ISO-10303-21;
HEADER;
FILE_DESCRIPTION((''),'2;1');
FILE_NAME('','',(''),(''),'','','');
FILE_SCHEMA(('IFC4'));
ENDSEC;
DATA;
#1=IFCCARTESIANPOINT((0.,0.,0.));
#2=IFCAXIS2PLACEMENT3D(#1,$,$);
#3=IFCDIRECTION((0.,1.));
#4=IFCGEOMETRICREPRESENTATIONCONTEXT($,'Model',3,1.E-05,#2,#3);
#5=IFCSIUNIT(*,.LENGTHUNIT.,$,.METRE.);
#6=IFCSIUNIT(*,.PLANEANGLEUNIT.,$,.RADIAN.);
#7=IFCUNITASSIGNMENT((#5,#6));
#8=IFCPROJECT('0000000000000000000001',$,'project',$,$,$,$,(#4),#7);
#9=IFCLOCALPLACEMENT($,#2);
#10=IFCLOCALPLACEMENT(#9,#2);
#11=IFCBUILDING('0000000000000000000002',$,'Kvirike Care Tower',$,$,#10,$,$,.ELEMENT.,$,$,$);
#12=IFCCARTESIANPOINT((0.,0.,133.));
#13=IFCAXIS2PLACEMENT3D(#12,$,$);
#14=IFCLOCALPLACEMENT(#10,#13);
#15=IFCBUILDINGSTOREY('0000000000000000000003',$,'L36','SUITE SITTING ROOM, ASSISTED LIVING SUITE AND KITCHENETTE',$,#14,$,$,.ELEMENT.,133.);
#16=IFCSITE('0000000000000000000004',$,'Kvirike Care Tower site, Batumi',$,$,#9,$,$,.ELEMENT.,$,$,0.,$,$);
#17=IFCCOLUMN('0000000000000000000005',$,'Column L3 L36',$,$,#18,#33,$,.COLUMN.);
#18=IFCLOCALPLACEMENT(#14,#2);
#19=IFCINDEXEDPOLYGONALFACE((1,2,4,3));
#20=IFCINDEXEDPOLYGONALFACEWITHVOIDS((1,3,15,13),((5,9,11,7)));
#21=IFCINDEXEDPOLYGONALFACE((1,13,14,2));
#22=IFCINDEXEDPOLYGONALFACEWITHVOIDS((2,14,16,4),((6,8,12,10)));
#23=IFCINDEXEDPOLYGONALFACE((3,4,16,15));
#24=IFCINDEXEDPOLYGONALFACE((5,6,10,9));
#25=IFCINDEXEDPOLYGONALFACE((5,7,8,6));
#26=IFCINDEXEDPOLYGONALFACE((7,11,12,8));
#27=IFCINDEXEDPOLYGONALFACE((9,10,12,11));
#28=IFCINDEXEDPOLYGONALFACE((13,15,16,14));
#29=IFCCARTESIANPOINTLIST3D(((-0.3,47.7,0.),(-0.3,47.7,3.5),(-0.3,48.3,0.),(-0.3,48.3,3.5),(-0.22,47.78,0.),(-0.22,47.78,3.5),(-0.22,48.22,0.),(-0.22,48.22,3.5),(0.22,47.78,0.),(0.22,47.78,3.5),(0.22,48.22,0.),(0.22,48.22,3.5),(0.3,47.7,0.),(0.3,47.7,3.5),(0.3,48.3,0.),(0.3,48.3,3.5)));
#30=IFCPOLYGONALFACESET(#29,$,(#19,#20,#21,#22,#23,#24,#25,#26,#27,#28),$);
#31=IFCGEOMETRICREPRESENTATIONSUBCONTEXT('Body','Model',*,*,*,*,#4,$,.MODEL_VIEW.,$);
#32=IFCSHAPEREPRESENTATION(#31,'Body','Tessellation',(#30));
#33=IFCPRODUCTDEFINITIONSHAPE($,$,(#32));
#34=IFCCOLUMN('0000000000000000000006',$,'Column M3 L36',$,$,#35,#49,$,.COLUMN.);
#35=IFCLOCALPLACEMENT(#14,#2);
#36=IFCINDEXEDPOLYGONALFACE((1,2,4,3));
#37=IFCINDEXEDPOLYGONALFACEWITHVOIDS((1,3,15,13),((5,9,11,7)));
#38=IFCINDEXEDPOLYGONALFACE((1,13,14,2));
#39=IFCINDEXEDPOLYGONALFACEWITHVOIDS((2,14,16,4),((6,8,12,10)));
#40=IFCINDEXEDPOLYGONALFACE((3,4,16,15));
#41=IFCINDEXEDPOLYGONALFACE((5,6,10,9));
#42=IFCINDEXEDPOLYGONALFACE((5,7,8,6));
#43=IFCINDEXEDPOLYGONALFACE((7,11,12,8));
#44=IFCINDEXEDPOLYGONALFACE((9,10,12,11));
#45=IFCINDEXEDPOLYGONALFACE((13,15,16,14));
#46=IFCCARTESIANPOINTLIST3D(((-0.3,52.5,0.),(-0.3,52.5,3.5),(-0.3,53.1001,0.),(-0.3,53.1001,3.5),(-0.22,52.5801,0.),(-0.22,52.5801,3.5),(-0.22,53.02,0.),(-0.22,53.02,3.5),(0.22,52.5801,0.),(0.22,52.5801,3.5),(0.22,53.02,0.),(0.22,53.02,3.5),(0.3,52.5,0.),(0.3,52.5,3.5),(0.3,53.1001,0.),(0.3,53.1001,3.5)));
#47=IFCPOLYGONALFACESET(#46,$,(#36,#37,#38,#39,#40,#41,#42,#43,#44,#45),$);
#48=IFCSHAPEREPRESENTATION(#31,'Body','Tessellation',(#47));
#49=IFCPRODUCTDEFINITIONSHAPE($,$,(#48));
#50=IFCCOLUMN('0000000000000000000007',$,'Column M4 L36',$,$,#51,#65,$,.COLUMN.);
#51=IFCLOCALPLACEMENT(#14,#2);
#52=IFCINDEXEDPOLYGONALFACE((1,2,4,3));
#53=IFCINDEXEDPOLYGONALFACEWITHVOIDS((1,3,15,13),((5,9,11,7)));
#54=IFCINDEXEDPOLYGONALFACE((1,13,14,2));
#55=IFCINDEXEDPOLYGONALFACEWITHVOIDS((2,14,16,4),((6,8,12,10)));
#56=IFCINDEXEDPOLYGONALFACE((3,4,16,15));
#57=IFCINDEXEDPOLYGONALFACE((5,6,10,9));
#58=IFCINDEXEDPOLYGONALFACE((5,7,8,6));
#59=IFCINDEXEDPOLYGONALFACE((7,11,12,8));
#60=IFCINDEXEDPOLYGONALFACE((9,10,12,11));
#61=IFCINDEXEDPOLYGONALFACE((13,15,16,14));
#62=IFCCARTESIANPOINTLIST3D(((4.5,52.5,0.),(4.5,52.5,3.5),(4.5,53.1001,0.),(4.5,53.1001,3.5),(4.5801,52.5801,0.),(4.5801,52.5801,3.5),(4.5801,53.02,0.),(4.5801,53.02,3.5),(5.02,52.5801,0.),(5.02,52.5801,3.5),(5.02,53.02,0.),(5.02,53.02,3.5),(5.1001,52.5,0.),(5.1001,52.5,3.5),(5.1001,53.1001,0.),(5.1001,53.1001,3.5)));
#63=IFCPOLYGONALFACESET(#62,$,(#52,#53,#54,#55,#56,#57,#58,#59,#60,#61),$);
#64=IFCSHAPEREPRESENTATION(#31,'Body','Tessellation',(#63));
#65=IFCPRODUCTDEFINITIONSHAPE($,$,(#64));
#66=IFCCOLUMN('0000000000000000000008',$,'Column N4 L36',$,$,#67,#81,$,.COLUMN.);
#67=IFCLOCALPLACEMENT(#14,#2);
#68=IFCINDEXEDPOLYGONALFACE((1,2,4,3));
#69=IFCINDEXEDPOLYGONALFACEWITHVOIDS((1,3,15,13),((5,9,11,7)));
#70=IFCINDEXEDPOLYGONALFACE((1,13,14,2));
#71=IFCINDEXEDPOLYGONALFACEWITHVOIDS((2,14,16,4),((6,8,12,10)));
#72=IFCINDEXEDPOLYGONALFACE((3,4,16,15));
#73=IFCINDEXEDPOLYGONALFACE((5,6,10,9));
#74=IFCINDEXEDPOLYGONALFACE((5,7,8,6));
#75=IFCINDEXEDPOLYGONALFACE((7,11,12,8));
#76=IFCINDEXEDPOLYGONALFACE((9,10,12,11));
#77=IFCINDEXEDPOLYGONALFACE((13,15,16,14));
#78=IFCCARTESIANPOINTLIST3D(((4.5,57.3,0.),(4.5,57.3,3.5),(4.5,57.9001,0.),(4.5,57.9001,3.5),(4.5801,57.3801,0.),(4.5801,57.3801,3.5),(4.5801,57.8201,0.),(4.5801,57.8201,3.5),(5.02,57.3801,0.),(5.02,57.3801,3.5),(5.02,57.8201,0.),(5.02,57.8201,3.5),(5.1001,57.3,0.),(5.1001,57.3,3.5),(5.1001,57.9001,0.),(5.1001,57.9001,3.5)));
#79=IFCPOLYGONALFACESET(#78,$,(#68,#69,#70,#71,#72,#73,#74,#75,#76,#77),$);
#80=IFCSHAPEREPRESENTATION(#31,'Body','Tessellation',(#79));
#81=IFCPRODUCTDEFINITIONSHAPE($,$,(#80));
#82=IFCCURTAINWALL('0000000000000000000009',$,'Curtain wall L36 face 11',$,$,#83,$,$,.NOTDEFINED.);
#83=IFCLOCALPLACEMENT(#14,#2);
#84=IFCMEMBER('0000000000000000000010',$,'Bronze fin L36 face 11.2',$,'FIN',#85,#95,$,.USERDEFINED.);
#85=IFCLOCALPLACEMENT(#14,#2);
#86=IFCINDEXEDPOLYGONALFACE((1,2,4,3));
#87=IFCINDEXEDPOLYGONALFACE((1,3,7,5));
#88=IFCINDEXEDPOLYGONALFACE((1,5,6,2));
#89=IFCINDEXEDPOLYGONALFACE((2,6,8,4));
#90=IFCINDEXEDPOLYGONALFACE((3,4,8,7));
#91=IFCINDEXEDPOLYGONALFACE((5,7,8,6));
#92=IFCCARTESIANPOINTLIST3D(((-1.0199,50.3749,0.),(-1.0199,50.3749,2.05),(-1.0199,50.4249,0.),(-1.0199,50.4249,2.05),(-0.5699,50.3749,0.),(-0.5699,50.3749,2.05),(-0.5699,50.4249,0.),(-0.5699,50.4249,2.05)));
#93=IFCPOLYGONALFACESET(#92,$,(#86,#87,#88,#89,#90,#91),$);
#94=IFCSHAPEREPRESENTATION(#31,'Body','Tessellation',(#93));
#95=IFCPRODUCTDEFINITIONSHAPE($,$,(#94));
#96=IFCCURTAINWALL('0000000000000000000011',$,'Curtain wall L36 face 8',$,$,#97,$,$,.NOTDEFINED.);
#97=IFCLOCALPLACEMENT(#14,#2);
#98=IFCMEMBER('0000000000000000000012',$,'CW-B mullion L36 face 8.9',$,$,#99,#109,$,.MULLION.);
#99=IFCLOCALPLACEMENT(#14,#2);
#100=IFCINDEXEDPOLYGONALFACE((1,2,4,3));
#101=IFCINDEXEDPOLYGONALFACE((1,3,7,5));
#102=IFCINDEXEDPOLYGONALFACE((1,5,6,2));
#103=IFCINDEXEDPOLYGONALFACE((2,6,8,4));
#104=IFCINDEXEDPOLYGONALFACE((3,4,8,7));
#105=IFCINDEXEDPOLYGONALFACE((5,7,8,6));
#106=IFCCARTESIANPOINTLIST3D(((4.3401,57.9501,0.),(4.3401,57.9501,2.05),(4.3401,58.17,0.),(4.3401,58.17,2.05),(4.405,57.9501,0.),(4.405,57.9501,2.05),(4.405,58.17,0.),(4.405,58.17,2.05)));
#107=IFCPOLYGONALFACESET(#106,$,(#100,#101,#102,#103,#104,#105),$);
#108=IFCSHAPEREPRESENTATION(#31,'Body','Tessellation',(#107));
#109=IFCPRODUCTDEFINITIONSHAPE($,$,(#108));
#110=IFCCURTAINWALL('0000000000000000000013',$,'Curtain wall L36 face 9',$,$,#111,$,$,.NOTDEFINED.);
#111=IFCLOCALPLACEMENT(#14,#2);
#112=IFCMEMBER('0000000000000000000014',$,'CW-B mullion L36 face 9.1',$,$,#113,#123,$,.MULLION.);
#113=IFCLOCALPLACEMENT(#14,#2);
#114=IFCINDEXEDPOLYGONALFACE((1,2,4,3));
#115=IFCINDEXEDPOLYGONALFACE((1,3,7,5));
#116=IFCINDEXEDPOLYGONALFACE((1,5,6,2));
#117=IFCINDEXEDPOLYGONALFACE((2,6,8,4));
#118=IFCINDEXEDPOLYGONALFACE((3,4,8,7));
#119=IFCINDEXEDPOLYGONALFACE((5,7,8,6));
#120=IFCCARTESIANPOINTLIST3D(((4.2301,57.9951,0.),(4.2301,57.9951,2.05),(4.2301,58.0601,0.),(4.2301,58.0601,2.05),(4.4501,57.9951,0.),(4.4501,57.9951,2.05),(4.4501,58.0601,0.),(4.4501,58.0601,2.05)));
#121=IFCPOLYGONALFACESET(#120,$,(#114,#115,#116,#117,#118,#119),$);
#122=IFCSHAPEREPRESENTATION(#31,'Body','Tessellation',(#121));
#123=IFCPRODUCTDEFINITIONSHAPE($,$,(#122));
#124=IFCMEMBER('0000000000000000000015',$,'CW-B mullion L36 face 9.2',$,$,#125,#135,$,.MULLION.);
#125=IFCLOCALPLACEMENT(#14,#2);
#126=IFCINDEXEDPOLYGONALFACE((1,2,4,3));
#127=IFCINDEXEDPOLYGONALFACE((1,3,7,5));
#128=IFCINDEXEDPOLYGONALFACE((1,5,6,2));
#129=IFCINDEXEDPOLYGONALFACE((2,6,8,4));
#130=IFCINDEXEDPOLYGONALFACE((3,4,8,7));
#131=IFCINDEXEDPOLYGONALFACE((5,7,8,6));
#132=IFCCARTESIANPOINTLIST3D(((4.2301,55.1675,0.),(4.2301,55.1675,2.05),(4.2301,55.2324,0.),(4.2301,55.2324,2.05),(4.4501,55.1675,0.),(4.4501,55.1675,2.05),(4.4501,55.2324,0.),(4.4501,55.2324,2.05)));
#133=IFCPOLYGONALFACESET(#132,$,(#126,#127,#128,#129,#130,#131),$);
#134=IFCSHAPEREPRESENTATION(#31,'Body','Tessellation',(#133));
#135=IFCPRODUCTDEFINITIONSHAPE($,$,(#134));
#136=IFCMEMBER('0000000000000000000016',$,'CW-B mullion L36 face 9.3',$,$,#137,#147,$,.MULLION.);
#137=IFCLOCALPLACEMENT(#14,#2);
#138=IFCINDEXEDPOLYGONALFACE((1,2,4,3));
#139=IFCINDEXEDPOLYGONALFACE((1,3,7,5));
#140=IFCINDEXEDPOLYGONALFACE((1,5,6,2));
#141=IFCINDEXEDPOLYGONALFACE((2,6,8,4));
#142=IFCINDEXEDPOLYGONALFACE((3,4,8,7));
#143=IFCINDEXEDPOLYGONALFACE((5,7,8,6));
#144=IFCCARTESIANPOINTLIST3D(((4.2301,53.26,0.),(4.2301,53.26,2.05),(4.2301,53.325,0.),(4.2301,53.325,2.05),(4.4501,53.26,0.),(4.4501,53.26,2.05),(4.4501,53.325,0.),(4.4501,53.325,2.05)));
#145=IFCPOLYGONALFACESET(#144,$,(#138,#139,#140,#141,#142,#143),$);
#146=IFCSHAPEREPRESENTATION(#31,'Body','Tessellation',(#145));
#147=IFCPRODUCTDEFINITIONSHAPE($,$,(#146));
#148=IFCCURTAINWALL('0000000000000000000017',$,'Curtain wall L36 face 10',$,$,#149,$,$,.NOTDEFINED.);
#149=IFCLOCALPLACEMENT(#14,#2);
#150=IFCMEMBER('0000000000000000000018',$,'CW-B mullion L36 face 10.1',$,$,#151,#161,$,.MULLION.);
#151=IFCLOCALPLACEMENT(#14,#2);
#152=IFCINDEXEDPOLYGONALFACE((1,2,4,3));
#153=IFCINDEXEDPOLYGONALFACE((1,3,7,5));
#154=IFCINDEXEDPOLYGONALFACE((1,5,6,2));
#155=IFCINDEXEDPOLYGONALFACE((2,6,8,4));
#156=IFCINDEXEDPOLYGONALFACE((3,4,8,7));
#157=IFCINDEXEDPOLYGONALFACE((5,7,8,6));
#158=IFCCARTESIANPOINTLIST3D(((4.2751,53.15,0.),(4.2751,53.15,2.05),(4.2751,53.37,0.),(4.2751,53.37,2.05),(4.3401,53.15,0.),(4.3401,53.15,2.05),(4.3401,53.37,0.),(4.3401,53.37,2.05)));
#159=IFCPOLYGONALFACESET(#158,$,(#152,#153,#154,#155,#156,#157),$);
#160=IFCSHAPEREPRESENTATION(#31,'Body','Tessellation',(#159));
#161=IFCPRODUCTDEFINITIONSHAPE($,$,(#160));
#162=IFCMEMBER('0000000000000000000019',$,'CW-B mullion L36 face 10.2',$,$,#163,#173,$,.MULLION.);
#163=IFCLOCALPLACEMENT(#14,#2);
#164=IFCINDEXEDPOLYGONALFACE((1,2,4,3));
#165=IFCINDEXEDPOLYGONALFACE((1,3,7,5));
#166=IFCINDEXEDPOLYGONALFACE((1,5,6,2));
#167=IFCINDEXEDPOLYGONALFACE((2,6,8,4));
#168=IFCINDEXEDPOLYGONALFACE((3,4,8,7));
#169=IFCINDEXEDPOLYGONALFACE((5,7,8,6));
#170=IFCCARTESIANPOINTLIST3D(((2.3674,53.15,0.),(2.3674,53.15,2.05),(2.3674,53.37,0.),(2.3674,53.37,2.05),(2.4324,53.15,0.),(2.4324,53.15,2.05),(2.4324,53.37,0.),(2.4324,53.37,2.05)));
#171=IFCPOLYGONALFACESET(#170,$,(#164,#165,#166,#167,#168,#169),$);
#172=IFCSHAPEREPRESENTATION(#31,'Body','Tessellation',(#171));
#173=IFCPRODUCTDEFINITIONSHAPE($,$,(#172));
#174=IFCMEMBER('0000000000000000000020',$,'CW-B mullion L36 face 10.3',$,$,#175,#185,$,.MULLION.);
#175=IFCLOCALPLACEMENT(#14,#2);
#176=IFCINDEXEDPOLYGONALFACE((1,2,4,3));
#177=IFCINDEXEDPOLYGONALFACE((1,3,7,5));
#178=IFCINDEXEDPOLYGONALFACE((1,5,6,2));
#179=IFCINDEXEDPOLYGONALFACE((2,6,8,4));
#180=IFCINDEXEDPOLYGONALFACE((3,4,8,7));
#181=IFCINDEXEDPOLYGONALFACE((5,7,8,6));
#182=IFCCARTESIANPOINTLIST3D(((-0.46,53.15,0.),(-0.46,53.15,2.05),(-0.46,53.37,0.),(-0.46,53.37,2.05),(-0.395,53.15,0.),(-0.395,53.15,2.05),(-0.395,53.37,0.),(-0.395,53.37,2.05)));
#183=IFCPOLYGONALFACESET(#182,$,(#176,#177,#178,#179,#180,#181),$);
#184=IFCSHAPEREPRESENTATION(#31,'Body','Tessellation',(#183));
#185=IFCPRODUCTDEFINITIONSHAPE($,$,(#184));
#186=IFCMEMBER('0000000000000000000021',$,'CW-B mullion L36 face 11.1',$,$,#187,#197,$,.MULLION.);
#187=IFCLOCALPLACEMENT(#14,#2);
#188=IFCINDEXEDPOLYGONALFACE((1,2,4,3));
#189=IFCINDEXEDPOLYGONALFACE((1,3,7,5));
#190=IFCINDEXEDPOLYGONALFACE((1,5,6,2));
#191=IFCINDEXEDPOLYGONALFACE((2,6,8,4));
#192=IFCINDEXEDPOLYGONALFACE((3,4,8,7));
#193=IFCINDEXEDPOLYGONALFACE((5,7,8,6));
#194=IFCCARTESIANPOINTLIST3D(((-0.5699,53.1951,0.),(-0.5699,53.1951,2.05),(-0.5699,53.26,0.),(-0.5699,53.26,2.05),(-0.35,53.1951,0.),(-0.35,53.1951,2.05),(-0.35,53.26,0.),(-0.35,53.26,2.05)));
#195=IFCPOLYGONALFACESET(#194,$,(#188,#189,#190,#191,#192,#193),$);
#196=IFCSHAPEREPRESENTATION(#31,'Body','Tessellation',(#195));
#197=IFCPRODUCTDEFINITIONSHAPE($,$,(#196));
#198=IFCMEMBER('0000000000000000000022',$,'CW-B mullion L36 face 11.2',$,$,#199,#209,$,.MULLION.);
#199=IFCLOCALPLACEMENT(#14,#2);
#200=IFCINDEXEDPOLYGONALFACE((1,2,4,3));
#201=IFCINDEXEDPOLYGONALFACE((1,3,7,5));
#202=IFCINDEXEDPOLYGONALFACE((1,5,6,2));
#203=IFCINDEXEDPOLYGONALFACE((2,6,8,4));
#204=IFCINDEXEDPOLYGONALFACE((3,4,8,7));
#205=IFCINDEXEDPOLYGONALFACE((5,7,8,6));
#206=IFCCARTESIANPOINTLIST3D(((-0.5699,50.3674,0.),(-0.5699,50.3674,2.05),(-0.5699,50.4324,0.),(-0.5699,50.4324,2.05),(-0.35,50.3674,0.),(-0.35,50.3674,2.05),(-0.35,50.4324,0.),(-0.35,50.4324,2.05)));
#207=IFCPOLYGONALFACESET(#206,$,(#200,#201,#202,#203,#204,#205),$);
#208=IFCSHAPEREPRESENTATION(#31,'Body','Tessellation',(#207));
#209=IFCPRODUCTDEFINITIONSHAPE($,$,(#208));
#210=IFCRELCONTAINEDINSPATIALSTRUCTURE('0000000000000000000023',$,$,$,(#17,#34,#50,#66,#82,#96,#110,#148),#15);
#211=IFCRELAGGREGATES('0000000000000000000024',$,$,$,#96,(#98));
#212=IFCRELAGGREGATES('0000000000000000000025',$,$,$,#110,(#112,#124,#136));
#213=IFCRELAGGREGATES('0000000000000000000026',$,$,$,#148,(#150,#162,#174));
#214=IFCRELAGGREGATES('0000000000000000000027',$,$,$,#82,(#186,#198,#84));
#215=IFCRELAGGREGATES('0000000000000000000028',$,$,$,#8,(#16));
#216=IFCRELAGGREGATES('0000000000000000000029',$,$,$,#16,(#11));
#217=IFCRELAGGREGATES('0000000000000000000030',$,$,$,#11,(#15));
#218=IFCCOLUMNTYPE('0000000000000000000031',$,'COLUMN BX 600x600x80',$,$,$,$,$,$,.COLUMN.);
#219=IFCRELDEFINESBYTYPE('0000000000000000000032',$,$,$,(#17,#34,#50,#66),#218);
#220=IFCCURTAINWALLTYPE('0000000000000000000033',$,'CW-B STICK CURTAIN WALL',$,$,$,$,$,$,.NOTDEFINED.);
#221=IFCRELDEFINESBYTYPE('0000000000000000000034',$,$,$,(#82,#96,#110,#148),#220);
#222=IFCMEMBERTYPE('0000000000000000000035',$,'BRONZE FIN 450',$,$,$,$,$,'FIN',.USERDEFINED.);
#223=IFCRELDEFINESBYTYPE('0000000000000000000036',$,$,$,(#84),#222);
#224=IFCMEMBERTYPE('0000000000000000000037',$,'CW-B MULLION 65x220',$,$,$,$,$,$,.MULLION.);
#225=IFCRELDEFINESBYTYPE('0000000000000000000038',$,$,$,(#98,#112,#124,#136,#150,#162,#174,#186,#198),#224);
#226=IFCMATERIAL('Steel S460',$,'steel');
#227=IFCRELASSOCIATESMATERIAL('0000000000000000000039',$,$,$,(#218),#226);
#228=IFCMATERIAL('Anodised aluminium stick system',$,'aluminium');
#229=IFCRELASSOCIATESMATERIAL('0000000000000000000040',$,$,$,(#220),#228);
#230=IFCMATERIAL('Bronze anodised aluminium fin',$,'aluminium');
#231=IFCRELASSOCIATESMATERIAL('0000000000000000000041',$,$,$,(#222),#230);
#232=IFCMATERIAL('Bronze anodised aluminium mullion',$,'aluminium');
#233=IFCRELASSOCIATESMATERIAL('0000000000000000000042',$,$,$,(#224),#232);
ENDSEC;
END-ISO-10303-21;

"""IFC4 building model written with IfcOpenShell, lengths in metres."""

from ifc_helpers import new_model, si_unit, direction, frame, origin, origin_2d, place, context, subcontext, project, spatial, rectangle, hollow_rectangle, extrude, material, material_profile, profile_set, type_object, element, aggregate, save


model = new_model("IFC4")

# Units and contexts
model_context = context("Model", 3, precision=1e-05, world=origin(), true_north=direction((0.0, 1.0)))
body_context = subcontext(model_context, "Body", "Model", "MODEL_VIEW")
ifc_project = project(units=[si_unit("LENGTHUNIT", "METRE"), si_unit("PLANEANGLEUNIT", "RADIAN")], contexts=[model_context])

# Site, building, storey
site_placement = place(None, origin())
site = spatial("IfcSite", under=ifc_project, at=site_placement, Name="Kvirike Care Tower site, Batumi", CompositionType="ELEMENT", RefElevation=0.0)
building_placement = place(site_placement, origin())
building = spatial("IfcBuilding", under=site, at=building_placement, Name="Kvirike Care Tower", CompositionType="ELEMENT")
storey_placement = place(building_placement, frame((0.0, 0.0, 133.0)))
storey = spatial("IfcBuildingStorey", under=building, at=storey_placement, Name="L36", Description="SUITE SITTING ROOM, ASSISTED LIVING SUITE AND KITCHENETTE", CompositionType="ELEMENT", Elevation=133.0)

# Columns
ifc_material_1 = material(Name="Steel S460", Category="steel")
ifc_material_profile_1 = material_profile(ifc_material_1, hollow_rectangle(XDim=0.6001, YDim=0.6001, WallThickness=0.0801, at=origin_2d()), Name="BX 600x600x80")
ifc_profile_set_1 = profile_set([ifc_material_profile_1], Name="Steel S460")
column_type = type_object("IfcColumnType", Name="COLUMN BX 600x600x80", PredefinedType="COLUMN", material=ifc_profile_set_1)
for number, where, z_axis, x_axis, name in (
    (1, (0.0, 48.0, 0.0), (0.0, 0.0, 1.0), (1.0, 0.0, 0.0), "Column L3 L36"),
    (2, (0.0, 52.8, 0.0), (0.0, 0.0, 1.0), (0.0, 1.0, 0.0), "Column M3 L36"),
    (3, (4.8, 52.8, 0.0), (0.0, 0.0, 1.0), (0.0, 1.0, 0.0), "Column M4 L36"),
    (4, (4.8, 57.6001, 0.0), (0.0, 0.0, 1.0), (0.0, 1.0, 0.0), "Column N4 L36"),
):
    element("IfcColumn", number, at=place(storey_placement, frame(where, z_axis=z_axis, x_axis=x_axis)), inside=storey, type_object=column_type, Name=name, PredefinedType="COLUMN", context=body_context, shape_type="SweptSolid", body=[
        extrude(hollow_rectangle(XDim=0.6001, YDim=0.6001, WallThickness=0.0801, at=origin_2d()), origin(), (0.0, 0.0, 1.0), 3.5),
    ])

# Curtain walls, members
ifc_material_2 = material(Name="Anodised aluminium stick system", Category="aluminium")
curtain_wall_type = type_object("IfcCurtainWallType", Name="CW-B STICK CURTAIN WALL", PredefinedType="NOTDEFINED", material=ifc_material_2)
curtain_wall_1_placement = place(storey_placement, origin())
curtain_wall_1 = element("IfcCurtainWall", 5, at=curtain_wall_1_placement, inside=storey, type_object=curtain_wall_type, Name="Curtain wall L36 face 11", PredefinedType="NOTDEFINED")
ifc_material_3 = material(Name="Bronze anodised aluminium fin", Category="aluminium")
ifc_material_profile_2 = material_profile(ifc_material_3, rectangle(XDim=0.05, YDim=0.45, at=origin_2d()), Name="BRONZE FIN 450")
ifc_profile_set_2 = profile_set([ifc_material_profile_2], Name="Bronze anodised aluminium fin")
member_type_1 = type_object("IfcMemberType", Name="BRONZE FIN 450", ElementType="FIN", PredefinedType="USERDEFINED", material=ifc_profile_set_2)
member_1_placement = place(storey_placement, frame((-0.7949, 50.3999, 0.0), z_axis=(0.0, 0.0, 1.0), x_axis=(0.0, -1.0, 0.0)))
member_1 = element("IfcMember", 6, at=member_1_placement, type_object=member_type_1, Name="Bronze fin L36 face 11.2", ObjectType="FIN", PredefinedType="USERDEFINED", context=body_context, shape_type="SweptSolid", body=[
    extrude(rectangle(XDim=0.05, YDim=0.45, at=origin_2d()), origin(), (0.0, 0.0, 1.0), 2.05),
])
curtain_wall_2_placement = place(storey_placement, origin())
curtain_wall_2 = element("IfcCurtainWall", 7, at=curtain_wall_2_placement, inside=storey, type_object=curtain_wall_type, Name="Curtain wall L36 face 8", PredefinedType="NOTDEFINED")
ifc_material_4 = material(Name="Bronze anodised aluminium mullion", Category="aluminium")
ifc_material_profile_3 = material_profile(ifc_material_4, rectangle(XDim=0.0649, YDim=0.22, at=origin_2d()), Name="CW-B MULLION 65x220")
ifc_profile_set_3 = profile_set([ifc_material_profile_3], Name="Bronze anodised aluminium mullion")
member_type_2 = type_object("IfcMemberType", Name="CW-B MULLION 65x220", PredefinedType="MULLION", material=ifc_profile_set_3)
member_2_placement = place(storey_placement, frame((4.3726, 58.0601, 0.0), z_axis=(0.0, 0.0, 1.0), x_axis=(-1.0, 0.0, 0.0)))
member_2 = element("IfcMember", 8, at=member_2_placement, type_object=member_type_2, Name="CW-B mullion L36 face 8.9", PredefinedType="MULLION", context=body_context, shape_type="SweptSolid", body=[
    extrude(rectangle(XDim=0.0649, YDim=0.22, at=origin_2d()), origin(), (0.0, 0.0, 1.0), 2.05),
])
aggregate(curtain_wall_2, [member_2])

# Curtain walls, members
curtain_wall_3_placement = place(storey_placement, origin())
curtain_wall_3 = element("IfcCurtainWall", 9, at=curtain_wall_3_placement, inside=storey, type_object=curtain_wall_type, Name="Curtain wall L36 face 9", PredefinedType="NOTDEFINED")
member_3_placement = place(storey_placement, frame((4.3401, 58.0276, 0.0), z_axis=(0.0, 0.0, 1.0), x_axis=(0.0, -1.0, 0.0)))
member_3 = element("IfcMember", 10, at=member_3_placement, type_object=member_type_2, Name="CW-B mullion L36 face 9.1", PredefinedType="MULLION", context=body_context, shape_type="SweptSolid", body=[
    extrude(rectangle(XDim=0.0649, YDim=0.22, at=origin_2d()), origin(), (0.0, 0.0, 1.0), 2.05),
])
member_4_placement = place(storey_placement, frame((4.3401, 55.2, 0.0), z_axis=(0.0, 0.0, 1.0), x_axis=(0.0, -1.0, 0.0)))
member_4 = element("IfcMember", 11, at=member_4_placement, type_object=member_type_2, Name="CW-B mullion L36 face 9.2", PredefinedType="MULLION", context=body_context, shape_type="SweptSolid", body=[
    extrude(rectangle(XDim=0.0649, YDim=0.22, at=origin_2d()), origin(), (0.0, 0.0, 1.0), 2.05),
])
member_5_placement = place(storey_placement, frame((4.3401, 53.2925, 0.0), z_axis=(0.0, 0.0, 1.0), x_axis=(0.0, -1.0, 0.0)))
member_5 = element("IfcMember", 12, at=member_5_placement, type_object=member_type_2, Name="CW-B mullion L36 face 9.3", PredefinedType="MULLION", context=body_context, shape_type="SweptSolid", body=[
    extrude(rectangle(XDim=0.0649, YDim=0.22, at=origin_2d()), origin(), (0.0, 0.0, 1.0), 2.05),
])
curtain_wall_4_placement = place(storey_placement, origin())
curtain_wall_4 = element("IfcCurtainWall", 13, at=curtain_wall_4_placement, inside=storey, type_object=curtain_wall_type, Name="Curtain wall L36 face 10", PredefinedType="NOTDEFINED")
member_6_placement = place(storey_placement, frame((4.3076, 53.26, 0.0), z_axis=(0.0, 0.0, 1.0), x_axis=(-1.0, 0.0, 0.0)))
member_6 = element("IfcMember", 14, at=member_6_placement, type_object=member_type_2, Name="CW-B mullion L36 face 10.1", PredefinedType="MULLION", context=body_context, shape_type="SweptSolid", body=[
    extrude(rectangle(XDim=0.0649, YDim=0.22, at=origin_2d()), origin(), (0.0, 0.0, 1.0), 2.05),
])
member_7_placement = place(storey_placement, frame((2.3999, 53.26, 0.0), z_axis=(0.0, 0.0, 1.0), x_axis=(-1.0, 0.0, 0.0)))
member_7 = element("IfcMember", 15, at=member_7_placement, type_object=member_type_2, Name="CW-B mullion L36 face 10.2", PredefinedType="MULLION", context=body_context, shape_type="SweptSolid", body=[
    extrude(rectangle(XDim=0.0649, YDim=0.22, at=origin_2d()), origin(), (0.0, 0.0, 1.0), 2.05),
])
member_8_placement = place(storey_placement, frame((-0.4275, 53.26, 0.0), z_axis=(0.0, 0.0, 1.0), x_axis=(-1.0, 0.0, 0.0)))
member_8 = element("IfcMember", 16, at=member_8_placement, type_object=member_type_2, Name="CW-B mullion L36 face 10.3", PredefinedType="MULLION", context=body_context, shape_type="SweptSolid", body=[
    extrude(rectangle(XDim=0.0649, YDim=0.22, at=origin_2d()), origin(), (0.0, 0.0, 1.0), 2.05),
])

# Members
member_9_placement = place(storey_placement, frame((-0.46, 53.2275, 0.0), z_axis=(0.0, 0.0, 1.0), x_axis=(0.0, -1.0, 0.0)))
member_9 = element("IfcMember", 17, at=member_9_placement, type_object=member_type_2, Name="CW-B mullion L36 face 11.1", PredefinedType="MULLION", context=body_context, shape_type="SweptSolid", body=[
    extrude(rectangle(XDim=0.0649, YDim=0.22, at=origin_2d()), origin(), (0.0, 0.0, 1.0), 2.05),
])
member_10_placement = place(storey_placement, frame((-0.46, 50.3999, 0.0), z_axis=(0.0, 0.0, 1.0), x_axis=(0.0, -1.0, 0.0)))
member_10 = element("IfcMember", 18, at=member_10_placement, type_object=member_type_2, Name="CW-B mullion L36 face 11.2", PredefinedType="MULLION", context=body_context, shape_type="SweptSolid", body=[
    extrude(rectangle(XDim=0.0649, YDim=0.22, at=origin_2d()), origin(), (0.0, 0.0, 1.0), 2.05),
])

aggregate(curtain_wall_3, [member_3, member_4, member_5])
aggregate(curtain_wall_4, [member_6, member_7, member_8])
aggregate(curtain_wall_1, [member_9, member_10, member_1])

save(model, "model.ifc")
